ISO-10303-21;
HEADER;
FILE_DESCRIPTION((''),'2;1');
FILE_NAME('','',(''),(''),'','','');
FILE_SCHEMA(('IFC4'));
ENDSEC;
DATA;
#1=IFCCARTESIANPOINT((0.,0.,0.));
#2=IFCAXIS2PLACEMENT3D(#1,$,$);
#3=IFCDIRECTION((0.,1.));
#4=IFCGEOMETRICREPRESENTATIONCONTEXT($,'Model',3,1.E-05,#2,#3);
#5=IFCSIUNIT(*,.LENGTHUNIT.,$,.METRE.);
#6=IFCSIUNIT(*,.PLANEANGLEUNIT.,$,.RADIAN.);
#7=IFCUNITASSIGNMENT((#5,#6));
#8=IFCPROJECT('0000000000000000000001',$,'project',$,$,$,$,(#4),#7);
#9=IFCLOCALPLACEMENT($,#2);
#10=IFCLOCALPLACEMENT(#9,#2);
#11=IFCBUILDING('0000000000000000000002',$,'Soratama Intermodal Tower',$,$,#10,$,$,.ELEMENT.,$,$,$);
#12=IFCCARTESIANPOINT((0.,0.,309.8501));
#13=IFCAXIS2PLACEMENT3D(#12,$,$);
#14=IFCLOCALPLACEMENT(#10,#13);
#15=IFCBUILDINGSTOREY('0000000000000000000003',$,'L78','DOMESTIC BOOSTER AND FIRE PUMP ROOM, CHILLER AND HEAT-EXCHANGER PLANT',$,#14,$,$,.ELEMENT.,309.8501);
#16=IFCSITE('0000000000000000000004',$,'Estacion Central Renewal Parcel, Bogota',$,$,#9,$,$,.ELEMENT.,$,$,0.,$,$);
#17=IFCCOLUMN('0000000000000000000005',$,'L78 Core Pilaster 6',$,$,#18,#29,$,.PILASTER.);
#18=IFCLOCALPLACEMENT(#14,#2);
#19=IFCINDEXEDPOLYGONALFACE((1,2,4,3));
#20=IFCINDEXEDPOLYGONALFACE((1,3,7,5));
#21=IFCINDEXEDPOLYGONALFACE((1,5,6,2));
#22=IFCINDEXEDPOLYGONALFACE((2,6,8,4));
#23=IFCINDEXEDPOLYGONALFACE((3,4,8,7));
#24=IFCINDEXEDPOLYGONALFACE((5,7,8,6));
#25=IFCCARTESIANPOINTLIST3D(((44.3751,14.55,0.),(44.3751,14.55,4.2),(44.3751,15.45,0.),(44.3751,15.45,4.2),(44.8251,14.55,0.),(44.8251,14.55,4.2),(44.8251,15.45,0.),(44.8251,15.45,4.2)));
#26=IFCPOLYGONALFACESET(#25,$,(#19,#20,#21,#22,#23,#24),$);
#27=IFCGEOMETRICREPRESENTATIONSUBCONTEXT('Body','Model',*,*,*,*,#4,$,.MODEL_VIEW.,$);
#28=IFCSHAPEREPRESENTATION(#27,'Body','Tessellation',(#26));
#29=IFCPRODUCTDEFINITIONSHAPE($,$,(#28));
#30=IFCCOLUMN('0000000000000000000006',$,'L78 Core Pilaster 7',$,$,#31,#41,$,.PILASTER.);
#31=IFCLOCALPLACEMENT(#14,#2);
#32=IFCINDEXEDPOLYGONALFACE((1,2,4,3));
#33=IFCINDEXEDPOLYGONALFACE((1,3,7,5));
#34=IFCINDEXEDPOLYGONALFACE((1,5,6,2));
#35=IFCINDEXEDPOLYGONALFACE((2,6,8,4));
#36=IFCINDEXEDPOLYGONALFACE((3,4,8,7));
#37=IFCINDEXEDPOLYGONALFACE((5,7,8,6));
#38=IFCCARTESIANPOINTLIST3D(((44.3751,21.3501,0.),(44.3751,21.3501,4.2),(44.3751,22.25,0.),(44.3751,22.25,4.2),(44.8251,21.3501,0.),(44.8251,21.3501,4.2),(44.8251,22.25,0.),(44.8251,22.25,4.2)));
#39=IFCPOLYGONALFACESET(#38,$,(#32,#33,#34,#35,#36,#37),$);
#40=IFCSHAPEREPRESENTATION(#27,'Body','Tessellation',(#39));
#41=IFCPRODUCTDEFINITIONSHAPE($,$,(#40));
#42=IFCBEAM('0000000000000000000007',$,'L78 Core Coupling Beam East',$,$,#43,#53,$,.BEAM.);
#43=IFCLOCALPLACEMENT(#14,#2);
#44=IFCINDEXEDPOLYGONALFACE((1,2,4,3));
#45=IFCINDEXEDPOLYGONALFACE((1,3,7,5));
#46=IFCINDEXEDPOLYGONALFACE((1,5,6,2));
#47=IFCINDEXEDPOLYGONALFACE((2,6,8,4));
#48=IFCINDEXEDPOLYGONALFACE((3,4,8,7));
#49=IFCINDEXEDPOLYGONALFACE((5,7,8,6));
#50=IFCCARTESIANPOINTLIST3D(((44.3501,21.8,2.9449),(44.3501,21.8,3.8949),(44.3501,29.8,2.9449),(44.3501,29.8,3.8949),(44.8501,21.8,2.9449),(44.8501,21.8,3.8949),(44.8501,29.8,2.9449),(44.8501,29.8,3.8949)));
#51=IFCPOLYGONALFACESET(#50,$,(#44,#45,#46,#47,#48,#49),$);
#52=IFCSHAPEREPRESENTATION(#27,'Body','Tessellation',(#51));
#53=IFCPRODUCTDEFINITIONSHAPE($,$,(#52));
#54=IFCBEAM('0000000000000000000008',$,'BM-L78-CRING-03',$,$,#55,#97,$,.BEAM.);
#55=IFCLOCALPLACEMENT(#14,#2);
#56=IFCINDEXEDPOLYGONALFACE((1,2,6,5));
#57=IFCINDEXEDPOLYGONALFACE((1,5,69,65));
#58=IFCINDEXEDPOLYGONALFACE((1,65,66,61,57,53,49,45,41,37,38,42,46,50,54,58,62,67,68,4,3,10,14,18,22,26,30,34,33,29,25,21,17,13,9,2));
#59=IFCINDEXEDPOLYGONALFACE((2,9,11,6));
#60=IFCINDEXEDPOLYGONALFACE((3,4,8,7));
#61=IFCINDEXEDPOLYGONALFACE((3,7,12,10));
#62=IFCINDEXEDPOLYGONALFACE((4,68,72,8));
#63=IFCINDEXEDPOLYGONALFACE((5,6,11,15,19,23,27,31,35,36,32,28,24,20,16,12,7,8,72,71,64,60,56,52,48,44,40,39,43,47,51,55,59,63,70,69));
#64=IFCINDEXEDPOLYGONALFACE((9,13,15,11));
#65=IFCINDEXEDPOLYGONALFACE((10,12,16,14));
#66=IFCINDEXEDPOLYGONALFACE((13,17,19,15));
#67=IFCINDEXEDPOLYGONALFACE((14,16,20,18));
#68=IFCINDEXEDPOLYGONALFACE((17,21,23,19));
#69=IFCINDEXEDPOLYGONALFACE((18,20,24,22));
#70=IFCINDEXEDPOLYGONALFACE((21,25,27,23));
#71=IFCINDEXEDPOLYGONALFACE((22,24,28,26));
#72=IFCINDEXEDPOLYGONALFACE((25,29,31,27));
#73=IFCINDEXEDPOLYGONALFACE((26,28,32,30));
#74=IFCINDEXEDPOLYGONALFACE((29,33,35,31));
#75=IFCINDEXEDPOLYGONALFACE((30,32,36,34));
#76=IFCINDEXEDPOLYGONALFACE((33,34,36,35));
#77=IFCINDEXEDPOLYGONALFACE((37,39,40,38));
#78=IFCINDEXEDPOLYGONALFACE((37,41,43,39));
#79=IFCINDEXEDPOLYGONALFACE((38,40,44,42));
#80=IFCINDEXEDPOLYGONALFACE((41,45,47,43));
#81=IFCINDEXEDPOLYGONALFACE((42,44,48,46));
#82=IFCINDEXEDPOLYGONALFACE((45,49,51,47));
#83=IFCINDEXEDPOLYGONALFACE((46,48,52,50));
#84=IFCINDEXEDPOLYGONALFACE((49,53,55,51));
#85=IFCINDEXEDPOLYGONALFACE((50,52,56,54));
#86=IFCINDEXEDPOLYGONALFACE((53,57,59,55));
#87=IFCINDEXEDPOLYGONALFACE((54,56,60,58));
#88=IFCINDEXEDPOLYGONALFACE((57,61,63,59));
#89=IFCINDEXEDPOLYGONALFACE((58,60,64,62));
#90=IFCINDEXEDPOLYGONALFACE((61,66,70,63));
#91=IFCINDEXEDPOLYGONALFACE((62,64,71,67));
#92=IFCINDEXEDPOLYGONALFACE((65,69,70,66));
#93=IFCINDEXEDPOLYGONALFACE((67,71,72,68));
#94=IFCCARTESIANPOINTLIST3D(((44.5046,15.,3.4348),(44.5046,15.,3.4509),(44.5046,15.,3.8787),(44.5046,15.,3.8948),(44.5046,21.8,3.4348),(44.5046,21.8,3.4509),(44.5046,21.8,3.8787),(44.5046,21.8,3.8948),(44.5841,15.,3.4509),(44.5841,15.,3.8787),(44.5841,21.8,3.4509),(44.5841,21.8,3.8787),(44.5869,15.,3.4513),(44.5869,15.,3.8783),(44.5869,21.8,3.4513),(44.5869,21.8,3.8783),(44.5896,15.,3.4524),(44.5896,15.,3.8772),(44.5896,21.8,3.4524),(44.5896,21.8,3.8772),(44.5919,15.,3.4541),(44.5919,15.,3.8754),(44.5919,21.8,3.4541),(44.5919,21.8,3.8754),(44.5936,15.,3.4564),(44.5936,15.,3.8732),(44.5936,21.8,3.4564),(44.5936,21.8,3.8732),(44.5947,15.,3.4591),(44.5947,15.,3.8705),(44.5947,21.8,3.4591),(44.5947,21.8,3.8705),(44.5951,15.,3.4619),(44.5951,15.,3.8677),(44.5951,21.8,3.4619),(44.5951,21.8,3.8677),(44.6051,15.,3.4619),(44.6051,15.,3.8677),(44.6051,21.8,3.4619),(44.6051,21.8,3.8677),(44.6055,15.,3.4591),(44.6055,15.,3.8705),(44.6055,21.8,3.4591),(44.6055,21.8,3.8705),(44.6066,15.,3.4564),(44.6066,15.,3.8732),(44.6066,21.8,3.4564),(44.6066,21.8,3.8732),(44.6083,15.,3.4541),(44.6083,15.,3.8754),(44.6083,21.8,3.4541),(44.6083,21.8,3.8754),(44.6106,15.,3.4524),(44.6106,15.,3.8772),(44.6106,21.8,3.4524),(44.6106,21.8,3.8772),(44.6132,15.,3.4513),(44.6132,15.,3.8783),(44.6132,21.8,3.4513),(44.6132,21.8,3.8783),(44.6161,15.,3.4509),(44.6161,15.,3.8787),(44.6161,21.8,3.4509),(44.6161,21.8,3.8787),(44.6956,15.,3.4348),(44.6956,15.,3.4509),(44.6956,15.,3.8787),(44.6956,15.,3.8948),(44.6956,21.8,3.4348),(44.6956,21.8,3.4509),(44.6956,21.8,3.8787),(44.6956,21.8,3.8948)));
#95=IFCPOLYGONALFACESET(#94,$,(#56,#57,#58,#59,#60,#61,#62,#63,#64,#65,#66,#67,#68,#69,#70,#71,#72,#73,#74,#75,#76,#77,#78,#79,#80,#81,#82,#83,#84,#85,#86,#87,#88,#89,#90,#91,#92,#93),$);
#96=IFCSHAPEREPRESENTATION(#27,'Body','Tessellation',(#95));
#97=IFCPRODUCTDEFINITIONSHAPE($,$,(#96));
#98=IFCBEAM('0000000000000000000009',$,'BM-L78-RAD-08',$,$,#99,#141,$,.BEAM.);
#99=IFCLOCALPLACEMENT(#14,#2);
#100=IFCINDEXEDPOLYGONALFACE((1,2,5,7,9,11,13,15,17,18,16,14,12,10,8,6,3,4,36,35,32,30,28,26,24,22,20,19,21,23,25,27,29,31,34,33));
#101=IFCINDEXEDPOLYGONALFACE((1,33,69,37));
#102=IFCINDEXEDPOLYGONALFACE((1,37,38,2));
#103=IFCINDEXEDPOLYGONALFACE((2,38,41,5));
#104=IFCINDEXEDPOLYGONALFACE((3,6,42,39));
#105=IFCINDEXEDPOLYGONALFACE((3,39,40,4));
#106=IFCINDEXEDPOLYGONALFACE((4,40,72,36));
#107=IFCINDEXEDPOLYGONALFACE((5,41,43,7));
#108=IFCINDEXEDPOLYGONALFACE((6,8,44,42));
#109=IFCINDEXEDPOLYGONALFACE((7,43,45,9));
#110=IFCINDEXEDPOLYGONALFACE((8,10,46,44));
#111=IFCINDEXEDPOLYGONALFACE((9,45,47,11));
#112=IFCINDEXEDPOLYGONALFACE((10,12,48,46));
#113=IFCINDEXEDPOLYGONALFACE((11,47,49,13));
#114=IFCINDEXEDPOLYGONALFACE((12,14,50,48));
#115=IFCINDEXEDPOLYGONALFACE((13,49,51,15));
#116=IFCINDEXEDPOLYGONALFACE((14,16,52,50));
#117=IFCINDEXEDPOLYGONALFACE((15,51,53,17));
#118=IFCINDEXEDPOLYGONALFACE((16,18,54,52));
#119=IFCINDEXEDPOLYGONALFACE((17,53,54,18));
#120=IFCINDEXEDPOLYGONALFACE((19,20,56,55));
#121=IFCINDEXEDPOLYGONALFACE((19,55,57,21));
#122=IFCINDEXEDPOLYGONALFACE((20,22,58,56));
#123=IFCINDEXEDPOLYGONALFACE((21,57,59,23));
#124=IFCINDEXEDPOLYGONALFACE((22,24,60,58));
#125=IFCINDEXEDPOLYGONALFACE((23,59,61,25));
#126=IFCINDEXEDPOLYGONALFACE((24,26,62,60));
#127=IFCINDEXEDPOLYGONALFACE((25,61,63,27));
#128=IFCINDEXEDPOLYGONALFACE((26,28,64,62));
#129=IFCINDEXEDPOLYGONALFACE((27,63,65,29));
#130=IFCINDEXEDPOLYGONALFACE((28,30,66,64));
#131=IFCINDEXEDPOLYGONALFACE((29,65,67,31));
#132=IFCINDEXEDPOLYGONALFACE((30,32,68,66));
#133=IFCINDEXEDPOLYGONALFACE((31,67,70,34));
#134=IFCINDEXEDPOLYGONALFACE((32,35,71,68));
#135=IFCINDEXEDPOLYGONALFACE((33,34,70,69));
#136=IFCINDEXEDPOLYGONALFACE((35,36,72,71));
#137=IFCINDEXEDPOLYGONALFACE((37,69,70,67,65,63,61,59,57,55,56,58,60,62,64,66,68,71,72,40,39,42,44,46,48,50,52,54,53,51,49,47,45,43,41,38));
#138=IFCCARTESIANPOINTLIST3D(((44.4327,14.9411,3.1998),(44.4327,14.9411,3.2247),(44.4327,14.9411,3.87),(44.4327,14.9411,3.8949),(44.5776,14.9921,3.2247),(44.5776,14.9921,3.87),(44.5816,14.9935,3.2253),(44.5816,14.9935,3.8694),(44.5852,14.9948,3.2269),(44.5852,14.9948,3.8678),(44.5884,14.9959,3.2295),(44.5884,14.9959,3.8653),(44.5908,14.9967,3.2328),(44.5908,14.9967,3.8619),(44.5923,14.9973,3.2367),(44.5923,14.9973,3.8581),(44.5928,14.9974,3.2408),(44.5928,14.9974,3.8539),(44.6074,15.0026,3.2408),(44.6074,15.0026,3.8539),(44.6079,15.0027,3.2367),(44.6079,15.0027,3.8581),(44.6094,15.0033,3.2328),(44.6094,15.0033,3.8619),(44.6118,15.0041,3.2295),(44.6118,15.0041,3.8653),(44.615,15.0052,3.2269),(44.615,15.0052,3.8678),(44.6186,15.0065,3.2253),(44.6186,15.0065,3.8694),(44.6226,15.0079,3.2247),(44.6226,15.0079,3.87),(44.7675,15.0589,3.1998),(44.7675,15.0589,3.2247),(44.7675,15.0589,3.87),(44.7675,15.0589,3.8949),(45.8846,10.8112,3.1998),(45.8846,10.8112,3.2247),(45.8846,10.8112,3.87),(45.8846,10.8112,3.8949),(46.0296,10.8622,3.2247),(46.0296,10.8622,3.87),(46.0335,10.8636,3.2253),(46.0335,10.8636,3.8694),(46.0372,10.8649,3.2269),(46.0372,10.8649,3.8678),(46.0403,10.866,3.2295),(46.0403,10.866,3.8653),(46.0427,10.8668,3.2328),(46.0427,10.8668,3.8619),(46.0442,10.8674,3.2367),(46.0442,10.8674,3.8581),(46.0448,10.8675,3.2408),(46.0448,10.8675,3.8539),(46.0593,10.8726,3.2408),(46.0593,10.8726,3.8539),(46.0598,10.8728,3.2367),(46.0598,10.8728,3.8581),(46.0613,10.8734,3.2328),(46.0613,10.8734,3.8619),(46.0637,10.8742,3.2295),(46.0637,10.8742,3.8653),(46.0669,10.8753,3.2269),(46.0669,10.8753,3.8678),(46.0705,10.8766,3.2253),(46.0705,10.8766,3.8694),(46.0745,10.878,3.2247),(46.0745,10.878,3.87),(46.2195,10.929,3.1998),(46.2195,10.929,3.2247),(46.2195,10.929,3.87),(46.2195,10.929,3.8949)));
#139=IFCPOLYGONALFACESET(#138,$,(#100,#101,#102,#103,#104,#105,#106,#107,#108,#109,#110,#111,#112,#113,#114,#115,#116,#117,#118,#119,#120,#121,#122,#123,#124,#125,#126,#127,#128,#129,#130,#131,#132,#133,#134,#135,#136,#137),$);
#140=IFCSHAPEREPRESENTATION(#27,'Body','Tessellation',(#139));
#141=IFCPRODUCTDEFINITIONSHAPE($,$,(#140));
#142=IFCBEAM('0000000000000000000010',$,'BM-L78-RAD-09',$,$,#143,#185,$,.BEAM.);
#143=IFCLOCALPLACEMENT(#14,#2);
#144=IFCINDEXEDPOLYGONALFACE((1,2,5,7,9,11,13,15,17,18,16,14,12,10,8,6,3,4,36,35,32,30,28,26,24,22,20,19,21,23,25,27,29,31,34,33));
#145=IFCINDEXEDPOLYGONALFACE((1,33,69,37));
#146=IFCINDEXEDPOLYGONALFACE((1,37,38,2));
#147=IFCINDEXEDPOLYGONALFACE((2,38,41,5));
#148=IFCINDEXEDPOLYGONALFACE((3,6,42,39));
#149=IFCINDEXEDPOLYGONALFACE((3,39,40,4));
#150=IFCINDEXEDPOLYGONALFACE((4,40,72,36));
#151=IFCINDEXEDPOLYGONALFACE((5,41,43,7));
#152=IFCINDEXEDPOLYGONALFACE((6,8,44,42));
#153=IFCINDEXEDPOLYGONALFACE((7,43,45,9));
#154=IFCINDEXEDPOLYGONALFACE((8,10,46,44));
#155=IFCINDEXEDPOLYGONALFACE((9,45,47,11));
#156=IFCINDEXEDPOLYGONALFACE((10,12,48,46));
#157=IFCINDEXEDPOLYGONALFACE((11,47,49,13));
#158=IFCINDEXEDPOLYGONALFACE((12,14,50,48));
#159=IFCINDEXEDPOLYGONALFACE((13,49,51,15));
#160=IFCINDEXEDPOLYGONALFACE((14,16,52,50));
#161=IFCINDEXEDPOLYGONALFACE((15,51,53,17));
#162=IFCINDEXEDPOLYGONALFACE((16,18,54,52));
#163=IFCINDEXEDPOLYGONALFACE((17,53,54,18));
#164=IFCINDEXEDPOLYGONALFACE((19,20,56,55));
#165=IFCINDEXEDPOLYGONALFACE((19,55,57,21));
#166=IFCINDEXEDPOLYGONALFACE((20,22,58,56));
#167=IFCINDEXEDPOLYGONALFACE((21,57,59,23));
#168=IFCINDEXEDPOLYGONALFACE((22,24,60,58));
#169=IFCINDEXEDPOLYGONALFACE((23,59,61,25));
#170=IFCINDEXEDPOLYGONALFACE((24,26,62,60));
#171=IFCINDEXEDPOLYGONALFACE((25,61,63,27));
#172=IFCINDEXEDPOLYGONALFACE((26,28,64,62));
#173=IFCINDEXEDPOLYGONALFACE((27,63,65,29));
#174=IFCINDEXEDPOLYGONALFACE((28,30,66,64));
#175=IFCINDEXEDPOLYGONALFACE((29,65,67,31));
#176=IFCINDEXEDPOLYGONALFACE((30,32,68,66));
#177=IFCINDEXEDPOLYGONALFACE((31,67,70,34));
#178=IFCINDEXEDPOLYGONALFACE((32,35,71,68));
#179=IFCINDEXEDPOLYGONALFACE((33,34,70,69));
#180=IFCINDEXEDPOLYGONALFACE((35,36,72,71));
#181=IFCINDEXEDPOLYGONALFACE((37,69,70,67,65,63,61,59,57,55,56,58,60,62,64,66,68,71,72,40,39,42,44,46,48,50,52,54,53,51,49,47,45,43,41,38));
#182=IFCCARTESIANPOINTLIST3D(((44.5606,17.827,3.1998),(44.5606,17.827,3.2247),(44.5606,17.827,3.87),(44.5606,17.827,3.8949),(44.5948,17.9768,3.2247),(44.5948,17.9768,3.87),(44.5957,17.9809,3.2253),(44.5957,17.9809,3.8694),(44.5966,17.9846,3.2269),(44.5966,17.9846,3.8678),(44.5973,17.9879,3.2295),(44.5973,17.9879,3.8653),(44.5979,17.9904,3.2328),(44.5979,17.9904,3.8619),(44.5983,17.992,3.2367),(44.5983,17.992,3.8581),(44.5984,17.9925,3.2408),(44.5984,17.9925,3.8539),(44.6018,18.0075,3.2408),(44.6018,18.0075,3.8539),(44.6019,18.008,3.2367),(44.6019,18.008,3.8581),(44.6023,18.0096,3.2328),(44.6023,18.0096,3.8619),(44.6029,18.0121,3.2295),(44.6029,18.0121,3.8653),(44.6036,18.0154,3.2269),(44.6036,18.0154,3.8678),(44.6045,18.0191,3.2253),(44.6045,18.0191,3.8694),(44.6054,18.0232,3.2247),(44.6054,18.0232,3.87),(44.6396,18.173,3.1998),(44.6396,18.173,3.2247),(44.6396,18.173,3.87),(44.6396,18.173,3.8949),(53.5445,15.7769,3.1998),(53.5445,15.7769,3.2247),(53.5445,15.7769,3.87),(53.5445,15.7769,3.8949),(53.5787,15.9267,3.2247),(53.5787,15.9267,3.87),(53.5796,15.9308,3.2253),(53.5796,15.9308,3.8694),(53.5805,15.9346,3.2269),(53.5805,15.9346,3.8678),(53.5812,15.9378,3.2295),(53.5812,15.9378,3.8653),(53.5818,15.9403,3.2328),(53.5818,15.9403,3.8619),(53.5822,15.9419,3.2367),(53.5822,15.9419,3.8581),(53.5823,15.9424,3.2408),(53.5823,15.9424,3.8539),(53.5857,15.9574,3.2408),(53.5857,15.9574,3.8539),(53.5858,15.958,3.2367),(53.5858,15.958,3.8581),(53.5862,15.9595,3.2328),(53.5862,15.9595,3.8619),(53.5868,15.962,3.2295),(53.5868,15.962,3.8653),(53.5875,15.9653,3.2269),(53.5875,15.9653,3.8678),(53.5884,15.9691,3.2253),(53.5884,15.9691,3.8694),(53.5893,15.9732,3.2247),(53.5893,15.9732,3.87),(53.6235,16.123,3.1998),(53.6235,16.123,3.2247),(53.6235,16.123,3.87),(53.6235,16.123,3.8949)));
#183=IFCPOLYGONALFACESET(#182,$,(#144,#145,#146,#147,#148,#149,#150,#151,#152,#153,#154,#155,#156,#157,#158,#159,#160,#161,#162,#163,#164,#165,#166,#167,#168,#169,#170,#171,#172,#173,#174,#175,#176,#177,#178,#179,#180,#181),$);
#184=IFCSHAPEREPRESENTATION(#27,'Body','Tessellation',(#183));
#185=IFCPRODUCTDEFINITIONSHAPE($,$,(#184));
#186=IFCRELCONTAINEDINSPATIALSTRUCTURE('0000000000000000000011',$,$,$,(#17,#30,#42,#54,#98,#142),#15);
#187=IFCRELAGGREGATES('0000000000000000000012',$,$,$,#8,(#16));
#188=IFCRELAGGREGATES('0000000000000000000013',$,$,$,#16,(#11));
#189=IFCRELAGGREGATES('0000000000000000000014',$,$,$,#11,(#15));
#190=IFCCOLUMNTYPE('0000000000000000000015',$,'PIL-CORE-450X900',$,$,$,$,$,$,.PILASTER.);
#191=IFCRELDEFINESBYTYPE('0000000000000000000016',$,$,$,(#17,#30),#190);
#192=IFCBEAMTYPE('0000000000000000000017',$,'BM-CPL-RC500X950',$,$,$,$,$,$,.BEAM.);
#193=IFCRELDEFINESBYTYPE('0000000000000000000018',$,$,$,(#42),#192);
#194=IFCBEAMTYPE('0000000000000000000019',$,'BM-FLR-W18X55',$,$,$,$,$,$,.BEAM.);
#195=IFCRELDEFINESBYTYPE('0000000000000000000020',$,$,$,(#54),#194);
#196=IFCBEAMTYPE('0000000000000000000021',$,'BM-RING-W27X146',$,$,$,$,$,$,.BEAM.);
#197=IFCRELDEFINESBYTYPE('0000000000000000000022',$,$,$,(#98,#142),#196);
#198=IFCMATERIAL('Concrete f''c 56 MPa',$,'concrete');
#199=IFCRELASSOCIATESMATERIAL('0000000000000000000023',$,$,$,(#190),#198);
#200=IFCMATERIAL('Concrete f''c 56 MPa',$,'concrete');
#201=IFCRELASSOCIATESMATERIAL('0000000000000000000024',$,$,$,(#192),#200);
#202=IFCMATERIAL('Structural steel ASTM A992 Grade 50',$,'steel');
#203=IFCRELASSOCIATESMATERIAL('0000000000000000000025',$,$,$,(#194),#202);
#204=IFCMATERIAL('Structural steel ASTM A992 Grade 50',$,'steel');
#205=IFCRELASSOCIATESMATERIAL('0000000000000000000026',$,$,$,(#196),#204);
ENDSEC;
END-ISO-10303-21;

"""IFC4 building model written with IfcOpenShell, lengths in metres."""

from ifc_helpers import new_model, si_unit, direction, frame, origin, origin_2d, place, context, subcontext, project, spatial, rectangle, i_section, extrude, material, material_profile, profile_set, type_object, element, save


model = new_model("IFC4")

# Units and contexts
model_context = context("Model", 3, precision=1e-05, world=origin(), true_north=direction((0.0, 1.0)))
body_context = subcontext(model_context, "Body", "Model", "MODEL_VIEW")
ifc_project = project(units=[si_unit("LENGTHUNIT", "METRE"), si_unit("PLANEANGLEUNIT", "RADIAN")], contexts=[model_context])

# Site, building, storey
site_placement = place(None, origin())
site = spatial("IfcSite", under=ifc_project, at=site_placement, Name="Estacion Central Renewal Parcel, Bogota", CompositionType="ELEMENT", RefElevation=0.0)
building_placement = place(site_placement, origin())
building = spatial("IfcBuilding", under=site, at=building_placement, Name="Soratama Intermodal Tower", CompositionType="ELEMENT")
storey_placement = place(building_placement, frame((0.0, 0.0, 309.8501)))
storey = spatial("IfcBuildingStorey", under=building, at=storey_placement, Name="L78", Description="DOMESTIC BOOSTER AND FIRE PUMP ROOM, CHILLER AND HEAT-EXCHANGER PLANT", CompositionType="ELEMENT", Elevation=309.8501)

# Columns
ifc_material_1 = material(Name="Concrete f'c 56 MPa", Category="concrete")
ifc_material_profile_1 = material_profile(ifc_material_1, rectangle(XDim=0.45, YDim=0.8999, at=origin_2d()), Name="RC450X900")
ifc_profile_set_1 = profile_set([ifc_material_profile_1], Name="Concrete f'c 56 MPa")
column_type = type_object("IfcColumnType", Name="PIL-CORE-450X900", PredefinedType="PILASTER", material=ifc_profile_set_1)
for number, where, z_axis, x_axis, name in (
    (1, (44.6001, 15.0, 0.0), (0.0, 0.0, 1.0), (1.0, 0.0, 0.0), "L78 Core Pilaster 6"),
    (2, (44.6001, 21.8, 0.0), (0.0, 0.0, 1.0), (1.0, 0.0, 0.0), "L78 Core Pilaster 7"),
):
    element("IfcColumn", number, at=place(storey_placement, frame(where, z_axis=z_axis, x_axis=x_axis)), inside=storey, type_object=column_type, Name=name, PredefinedType="PILASTER", context=body_context, shape_type="SweptSolid", body=[
        extrude(rectangle(XDim=0.45, YDim=0.8999, at=origin_2d()), origin(), (0.0, 0.0, 1.0), 4.2),
    ])

# Beams
ifc_material_2 = material(Name="Concrete f'c 56 MPa", Category="concrete")
ifc_material_profile_2 = material_profile(ifc_material_2, rectangle(XDim=0.5, YDim=0.95, at=origin_2d()), Name="RC500X950")
ifc_profile_set_2 = profile_set([ifc_material_profile_2], Name="Concrete f'c 56 MPa")
beam_type_1 = type_object("IfcBeamType", Name="BM-CPL-RC500X950", PredefinedType="BEAM", material=ifc_profile_set_2)
beam_1_placement = place(storey_placement, frame((44.6001, 21.8, 3.4199), z_axis=(0.0, 1.0, 0.0), x_axis=(-1.0, 0.0, 0.0)))
element("IfcBeam", 3, at=beam_1_placement, inside=storey, type_object=beam_type_1, Name="L78 Core Coupling Beam East", PredefinedType="BEAM", context=body_context, shape_type="SweptSolid", body=[
    extrude(rectangle(XDim=0.5, YDim=0.95, at=origin_2d()), origin(), (0.0, 0.0, 1.0), 8.0),
])
ifc_material_3 = material(Name="Structural steel ASTM A992 Grade 50", Category="steel")
ifc_material_profile_3 = material_profile(ifc_material_3, i_section(OverallWidth=0.1909, OverallDepth=0.46, WebThickness=0.01, FlangeThickness=0.0161, FilletRadius=0.011, at=origin_2d()), Name="W18X55")
ifc_profile_set_3 = profile_set([ifc_material_profile_3], Name="Structural steel ASTM A992 Grade 50")
beam_type_2 = type_object("IfcBeamType", Name="BM-FLR-W18X55", PredefinedType="BEAM", material=ifc_profile_set_3)
beam_2_placement = place(storey_placement, frame((44.6001, 15.0, 3.6648), z_axis=(0.0, 1.0, 0.0), x_axis=(-1.0, 0.0, 0.0)))
element("IfcBeam", 4, at=beam_2_placement, inside=storey, type_object=beam_type_2, Name="BM-L78-CRING-03", PredefinedType="BEAM", context=body_context, shape_type="SweptSolid", body=[
    extrude(i_section(OverallWidth=0.1909, OverallDepth=0.46, WebThickness=0.01, FlangeThickness=0.0161, FilletRadius=0.011, at=origin_2d()), origin(), (0.0, 0.0, 1.0), 6.8),
])
ifc_material_4 = material(Name="Structural steel ASTM A992 Grade 50", Category="steel")
ifc_material_profile_4 = material_profile(ifc_material_4, i_section(OverallWidth=0.355, OverallDepth=0.6951, WebThickness=0.0154, FlangeThickness=0.0249, FilletRadius=0.0161, at=origin_2d()), Name="W27X146")
ifc_profile_set_4 = profile_set([ifc_material_profile_4], Name="Structural steel ASTM A992 Grade 50")
beam_type_3 = type_object("IfcBeamType", Name="BM-RING-W27X146", PredefinedType="BEAM", material=ifc_profile_set_4)
beam_3_placement = place(storey_placement, frame((44.6001, 15.0, 3.5474), z_axis=(0.331662, -0.943398, 0.0), x_axis=(0.943398, 0.331662, 0.0)))
element("IfcBeam", 5, at=beam_3_placement, inside=storey, type_object=beam_type_3, Name="BM-L78-RAD-08", PredefinedType="BEAM", context=body_context, shape_type="SweptSolid", body=[
    extrude(i_section(OverallWidth=0.355, OverallDepth=0.6951, WebThickness=0.0154, FlangeThickness=0.0249, FilletRadius=0.0161, at=origin_2d()), origin(), (0.0, 0.0, 1.0), 4.3777),
])
beam_4_placement = place(storey_placement, frame((44.6001, 18.0, 3.5474), z_axis=(0.974939, -0.222473, 0.0), x_axis=(0.222473, 0.974939, 0.0)))
element("IfcBeam", 6, at=beam_4_placement, inside=storey, type_object=beam_type_3, Name="BM-L78-RAD-09", PredefinedType="BEAM", context=body_context, shape_type="SweptSolid", body=[
    extrude(i_section(OverallWidth=0.355, OverallDepth=0.6951, WebThickness=0.0154, FlangeThickness=0.0249, FilletRadius=0.0161, at=origin_2d()), origin(), (0.0, 0.0, 1.0), 9.2148),
])

save(model, "model.ifc")
